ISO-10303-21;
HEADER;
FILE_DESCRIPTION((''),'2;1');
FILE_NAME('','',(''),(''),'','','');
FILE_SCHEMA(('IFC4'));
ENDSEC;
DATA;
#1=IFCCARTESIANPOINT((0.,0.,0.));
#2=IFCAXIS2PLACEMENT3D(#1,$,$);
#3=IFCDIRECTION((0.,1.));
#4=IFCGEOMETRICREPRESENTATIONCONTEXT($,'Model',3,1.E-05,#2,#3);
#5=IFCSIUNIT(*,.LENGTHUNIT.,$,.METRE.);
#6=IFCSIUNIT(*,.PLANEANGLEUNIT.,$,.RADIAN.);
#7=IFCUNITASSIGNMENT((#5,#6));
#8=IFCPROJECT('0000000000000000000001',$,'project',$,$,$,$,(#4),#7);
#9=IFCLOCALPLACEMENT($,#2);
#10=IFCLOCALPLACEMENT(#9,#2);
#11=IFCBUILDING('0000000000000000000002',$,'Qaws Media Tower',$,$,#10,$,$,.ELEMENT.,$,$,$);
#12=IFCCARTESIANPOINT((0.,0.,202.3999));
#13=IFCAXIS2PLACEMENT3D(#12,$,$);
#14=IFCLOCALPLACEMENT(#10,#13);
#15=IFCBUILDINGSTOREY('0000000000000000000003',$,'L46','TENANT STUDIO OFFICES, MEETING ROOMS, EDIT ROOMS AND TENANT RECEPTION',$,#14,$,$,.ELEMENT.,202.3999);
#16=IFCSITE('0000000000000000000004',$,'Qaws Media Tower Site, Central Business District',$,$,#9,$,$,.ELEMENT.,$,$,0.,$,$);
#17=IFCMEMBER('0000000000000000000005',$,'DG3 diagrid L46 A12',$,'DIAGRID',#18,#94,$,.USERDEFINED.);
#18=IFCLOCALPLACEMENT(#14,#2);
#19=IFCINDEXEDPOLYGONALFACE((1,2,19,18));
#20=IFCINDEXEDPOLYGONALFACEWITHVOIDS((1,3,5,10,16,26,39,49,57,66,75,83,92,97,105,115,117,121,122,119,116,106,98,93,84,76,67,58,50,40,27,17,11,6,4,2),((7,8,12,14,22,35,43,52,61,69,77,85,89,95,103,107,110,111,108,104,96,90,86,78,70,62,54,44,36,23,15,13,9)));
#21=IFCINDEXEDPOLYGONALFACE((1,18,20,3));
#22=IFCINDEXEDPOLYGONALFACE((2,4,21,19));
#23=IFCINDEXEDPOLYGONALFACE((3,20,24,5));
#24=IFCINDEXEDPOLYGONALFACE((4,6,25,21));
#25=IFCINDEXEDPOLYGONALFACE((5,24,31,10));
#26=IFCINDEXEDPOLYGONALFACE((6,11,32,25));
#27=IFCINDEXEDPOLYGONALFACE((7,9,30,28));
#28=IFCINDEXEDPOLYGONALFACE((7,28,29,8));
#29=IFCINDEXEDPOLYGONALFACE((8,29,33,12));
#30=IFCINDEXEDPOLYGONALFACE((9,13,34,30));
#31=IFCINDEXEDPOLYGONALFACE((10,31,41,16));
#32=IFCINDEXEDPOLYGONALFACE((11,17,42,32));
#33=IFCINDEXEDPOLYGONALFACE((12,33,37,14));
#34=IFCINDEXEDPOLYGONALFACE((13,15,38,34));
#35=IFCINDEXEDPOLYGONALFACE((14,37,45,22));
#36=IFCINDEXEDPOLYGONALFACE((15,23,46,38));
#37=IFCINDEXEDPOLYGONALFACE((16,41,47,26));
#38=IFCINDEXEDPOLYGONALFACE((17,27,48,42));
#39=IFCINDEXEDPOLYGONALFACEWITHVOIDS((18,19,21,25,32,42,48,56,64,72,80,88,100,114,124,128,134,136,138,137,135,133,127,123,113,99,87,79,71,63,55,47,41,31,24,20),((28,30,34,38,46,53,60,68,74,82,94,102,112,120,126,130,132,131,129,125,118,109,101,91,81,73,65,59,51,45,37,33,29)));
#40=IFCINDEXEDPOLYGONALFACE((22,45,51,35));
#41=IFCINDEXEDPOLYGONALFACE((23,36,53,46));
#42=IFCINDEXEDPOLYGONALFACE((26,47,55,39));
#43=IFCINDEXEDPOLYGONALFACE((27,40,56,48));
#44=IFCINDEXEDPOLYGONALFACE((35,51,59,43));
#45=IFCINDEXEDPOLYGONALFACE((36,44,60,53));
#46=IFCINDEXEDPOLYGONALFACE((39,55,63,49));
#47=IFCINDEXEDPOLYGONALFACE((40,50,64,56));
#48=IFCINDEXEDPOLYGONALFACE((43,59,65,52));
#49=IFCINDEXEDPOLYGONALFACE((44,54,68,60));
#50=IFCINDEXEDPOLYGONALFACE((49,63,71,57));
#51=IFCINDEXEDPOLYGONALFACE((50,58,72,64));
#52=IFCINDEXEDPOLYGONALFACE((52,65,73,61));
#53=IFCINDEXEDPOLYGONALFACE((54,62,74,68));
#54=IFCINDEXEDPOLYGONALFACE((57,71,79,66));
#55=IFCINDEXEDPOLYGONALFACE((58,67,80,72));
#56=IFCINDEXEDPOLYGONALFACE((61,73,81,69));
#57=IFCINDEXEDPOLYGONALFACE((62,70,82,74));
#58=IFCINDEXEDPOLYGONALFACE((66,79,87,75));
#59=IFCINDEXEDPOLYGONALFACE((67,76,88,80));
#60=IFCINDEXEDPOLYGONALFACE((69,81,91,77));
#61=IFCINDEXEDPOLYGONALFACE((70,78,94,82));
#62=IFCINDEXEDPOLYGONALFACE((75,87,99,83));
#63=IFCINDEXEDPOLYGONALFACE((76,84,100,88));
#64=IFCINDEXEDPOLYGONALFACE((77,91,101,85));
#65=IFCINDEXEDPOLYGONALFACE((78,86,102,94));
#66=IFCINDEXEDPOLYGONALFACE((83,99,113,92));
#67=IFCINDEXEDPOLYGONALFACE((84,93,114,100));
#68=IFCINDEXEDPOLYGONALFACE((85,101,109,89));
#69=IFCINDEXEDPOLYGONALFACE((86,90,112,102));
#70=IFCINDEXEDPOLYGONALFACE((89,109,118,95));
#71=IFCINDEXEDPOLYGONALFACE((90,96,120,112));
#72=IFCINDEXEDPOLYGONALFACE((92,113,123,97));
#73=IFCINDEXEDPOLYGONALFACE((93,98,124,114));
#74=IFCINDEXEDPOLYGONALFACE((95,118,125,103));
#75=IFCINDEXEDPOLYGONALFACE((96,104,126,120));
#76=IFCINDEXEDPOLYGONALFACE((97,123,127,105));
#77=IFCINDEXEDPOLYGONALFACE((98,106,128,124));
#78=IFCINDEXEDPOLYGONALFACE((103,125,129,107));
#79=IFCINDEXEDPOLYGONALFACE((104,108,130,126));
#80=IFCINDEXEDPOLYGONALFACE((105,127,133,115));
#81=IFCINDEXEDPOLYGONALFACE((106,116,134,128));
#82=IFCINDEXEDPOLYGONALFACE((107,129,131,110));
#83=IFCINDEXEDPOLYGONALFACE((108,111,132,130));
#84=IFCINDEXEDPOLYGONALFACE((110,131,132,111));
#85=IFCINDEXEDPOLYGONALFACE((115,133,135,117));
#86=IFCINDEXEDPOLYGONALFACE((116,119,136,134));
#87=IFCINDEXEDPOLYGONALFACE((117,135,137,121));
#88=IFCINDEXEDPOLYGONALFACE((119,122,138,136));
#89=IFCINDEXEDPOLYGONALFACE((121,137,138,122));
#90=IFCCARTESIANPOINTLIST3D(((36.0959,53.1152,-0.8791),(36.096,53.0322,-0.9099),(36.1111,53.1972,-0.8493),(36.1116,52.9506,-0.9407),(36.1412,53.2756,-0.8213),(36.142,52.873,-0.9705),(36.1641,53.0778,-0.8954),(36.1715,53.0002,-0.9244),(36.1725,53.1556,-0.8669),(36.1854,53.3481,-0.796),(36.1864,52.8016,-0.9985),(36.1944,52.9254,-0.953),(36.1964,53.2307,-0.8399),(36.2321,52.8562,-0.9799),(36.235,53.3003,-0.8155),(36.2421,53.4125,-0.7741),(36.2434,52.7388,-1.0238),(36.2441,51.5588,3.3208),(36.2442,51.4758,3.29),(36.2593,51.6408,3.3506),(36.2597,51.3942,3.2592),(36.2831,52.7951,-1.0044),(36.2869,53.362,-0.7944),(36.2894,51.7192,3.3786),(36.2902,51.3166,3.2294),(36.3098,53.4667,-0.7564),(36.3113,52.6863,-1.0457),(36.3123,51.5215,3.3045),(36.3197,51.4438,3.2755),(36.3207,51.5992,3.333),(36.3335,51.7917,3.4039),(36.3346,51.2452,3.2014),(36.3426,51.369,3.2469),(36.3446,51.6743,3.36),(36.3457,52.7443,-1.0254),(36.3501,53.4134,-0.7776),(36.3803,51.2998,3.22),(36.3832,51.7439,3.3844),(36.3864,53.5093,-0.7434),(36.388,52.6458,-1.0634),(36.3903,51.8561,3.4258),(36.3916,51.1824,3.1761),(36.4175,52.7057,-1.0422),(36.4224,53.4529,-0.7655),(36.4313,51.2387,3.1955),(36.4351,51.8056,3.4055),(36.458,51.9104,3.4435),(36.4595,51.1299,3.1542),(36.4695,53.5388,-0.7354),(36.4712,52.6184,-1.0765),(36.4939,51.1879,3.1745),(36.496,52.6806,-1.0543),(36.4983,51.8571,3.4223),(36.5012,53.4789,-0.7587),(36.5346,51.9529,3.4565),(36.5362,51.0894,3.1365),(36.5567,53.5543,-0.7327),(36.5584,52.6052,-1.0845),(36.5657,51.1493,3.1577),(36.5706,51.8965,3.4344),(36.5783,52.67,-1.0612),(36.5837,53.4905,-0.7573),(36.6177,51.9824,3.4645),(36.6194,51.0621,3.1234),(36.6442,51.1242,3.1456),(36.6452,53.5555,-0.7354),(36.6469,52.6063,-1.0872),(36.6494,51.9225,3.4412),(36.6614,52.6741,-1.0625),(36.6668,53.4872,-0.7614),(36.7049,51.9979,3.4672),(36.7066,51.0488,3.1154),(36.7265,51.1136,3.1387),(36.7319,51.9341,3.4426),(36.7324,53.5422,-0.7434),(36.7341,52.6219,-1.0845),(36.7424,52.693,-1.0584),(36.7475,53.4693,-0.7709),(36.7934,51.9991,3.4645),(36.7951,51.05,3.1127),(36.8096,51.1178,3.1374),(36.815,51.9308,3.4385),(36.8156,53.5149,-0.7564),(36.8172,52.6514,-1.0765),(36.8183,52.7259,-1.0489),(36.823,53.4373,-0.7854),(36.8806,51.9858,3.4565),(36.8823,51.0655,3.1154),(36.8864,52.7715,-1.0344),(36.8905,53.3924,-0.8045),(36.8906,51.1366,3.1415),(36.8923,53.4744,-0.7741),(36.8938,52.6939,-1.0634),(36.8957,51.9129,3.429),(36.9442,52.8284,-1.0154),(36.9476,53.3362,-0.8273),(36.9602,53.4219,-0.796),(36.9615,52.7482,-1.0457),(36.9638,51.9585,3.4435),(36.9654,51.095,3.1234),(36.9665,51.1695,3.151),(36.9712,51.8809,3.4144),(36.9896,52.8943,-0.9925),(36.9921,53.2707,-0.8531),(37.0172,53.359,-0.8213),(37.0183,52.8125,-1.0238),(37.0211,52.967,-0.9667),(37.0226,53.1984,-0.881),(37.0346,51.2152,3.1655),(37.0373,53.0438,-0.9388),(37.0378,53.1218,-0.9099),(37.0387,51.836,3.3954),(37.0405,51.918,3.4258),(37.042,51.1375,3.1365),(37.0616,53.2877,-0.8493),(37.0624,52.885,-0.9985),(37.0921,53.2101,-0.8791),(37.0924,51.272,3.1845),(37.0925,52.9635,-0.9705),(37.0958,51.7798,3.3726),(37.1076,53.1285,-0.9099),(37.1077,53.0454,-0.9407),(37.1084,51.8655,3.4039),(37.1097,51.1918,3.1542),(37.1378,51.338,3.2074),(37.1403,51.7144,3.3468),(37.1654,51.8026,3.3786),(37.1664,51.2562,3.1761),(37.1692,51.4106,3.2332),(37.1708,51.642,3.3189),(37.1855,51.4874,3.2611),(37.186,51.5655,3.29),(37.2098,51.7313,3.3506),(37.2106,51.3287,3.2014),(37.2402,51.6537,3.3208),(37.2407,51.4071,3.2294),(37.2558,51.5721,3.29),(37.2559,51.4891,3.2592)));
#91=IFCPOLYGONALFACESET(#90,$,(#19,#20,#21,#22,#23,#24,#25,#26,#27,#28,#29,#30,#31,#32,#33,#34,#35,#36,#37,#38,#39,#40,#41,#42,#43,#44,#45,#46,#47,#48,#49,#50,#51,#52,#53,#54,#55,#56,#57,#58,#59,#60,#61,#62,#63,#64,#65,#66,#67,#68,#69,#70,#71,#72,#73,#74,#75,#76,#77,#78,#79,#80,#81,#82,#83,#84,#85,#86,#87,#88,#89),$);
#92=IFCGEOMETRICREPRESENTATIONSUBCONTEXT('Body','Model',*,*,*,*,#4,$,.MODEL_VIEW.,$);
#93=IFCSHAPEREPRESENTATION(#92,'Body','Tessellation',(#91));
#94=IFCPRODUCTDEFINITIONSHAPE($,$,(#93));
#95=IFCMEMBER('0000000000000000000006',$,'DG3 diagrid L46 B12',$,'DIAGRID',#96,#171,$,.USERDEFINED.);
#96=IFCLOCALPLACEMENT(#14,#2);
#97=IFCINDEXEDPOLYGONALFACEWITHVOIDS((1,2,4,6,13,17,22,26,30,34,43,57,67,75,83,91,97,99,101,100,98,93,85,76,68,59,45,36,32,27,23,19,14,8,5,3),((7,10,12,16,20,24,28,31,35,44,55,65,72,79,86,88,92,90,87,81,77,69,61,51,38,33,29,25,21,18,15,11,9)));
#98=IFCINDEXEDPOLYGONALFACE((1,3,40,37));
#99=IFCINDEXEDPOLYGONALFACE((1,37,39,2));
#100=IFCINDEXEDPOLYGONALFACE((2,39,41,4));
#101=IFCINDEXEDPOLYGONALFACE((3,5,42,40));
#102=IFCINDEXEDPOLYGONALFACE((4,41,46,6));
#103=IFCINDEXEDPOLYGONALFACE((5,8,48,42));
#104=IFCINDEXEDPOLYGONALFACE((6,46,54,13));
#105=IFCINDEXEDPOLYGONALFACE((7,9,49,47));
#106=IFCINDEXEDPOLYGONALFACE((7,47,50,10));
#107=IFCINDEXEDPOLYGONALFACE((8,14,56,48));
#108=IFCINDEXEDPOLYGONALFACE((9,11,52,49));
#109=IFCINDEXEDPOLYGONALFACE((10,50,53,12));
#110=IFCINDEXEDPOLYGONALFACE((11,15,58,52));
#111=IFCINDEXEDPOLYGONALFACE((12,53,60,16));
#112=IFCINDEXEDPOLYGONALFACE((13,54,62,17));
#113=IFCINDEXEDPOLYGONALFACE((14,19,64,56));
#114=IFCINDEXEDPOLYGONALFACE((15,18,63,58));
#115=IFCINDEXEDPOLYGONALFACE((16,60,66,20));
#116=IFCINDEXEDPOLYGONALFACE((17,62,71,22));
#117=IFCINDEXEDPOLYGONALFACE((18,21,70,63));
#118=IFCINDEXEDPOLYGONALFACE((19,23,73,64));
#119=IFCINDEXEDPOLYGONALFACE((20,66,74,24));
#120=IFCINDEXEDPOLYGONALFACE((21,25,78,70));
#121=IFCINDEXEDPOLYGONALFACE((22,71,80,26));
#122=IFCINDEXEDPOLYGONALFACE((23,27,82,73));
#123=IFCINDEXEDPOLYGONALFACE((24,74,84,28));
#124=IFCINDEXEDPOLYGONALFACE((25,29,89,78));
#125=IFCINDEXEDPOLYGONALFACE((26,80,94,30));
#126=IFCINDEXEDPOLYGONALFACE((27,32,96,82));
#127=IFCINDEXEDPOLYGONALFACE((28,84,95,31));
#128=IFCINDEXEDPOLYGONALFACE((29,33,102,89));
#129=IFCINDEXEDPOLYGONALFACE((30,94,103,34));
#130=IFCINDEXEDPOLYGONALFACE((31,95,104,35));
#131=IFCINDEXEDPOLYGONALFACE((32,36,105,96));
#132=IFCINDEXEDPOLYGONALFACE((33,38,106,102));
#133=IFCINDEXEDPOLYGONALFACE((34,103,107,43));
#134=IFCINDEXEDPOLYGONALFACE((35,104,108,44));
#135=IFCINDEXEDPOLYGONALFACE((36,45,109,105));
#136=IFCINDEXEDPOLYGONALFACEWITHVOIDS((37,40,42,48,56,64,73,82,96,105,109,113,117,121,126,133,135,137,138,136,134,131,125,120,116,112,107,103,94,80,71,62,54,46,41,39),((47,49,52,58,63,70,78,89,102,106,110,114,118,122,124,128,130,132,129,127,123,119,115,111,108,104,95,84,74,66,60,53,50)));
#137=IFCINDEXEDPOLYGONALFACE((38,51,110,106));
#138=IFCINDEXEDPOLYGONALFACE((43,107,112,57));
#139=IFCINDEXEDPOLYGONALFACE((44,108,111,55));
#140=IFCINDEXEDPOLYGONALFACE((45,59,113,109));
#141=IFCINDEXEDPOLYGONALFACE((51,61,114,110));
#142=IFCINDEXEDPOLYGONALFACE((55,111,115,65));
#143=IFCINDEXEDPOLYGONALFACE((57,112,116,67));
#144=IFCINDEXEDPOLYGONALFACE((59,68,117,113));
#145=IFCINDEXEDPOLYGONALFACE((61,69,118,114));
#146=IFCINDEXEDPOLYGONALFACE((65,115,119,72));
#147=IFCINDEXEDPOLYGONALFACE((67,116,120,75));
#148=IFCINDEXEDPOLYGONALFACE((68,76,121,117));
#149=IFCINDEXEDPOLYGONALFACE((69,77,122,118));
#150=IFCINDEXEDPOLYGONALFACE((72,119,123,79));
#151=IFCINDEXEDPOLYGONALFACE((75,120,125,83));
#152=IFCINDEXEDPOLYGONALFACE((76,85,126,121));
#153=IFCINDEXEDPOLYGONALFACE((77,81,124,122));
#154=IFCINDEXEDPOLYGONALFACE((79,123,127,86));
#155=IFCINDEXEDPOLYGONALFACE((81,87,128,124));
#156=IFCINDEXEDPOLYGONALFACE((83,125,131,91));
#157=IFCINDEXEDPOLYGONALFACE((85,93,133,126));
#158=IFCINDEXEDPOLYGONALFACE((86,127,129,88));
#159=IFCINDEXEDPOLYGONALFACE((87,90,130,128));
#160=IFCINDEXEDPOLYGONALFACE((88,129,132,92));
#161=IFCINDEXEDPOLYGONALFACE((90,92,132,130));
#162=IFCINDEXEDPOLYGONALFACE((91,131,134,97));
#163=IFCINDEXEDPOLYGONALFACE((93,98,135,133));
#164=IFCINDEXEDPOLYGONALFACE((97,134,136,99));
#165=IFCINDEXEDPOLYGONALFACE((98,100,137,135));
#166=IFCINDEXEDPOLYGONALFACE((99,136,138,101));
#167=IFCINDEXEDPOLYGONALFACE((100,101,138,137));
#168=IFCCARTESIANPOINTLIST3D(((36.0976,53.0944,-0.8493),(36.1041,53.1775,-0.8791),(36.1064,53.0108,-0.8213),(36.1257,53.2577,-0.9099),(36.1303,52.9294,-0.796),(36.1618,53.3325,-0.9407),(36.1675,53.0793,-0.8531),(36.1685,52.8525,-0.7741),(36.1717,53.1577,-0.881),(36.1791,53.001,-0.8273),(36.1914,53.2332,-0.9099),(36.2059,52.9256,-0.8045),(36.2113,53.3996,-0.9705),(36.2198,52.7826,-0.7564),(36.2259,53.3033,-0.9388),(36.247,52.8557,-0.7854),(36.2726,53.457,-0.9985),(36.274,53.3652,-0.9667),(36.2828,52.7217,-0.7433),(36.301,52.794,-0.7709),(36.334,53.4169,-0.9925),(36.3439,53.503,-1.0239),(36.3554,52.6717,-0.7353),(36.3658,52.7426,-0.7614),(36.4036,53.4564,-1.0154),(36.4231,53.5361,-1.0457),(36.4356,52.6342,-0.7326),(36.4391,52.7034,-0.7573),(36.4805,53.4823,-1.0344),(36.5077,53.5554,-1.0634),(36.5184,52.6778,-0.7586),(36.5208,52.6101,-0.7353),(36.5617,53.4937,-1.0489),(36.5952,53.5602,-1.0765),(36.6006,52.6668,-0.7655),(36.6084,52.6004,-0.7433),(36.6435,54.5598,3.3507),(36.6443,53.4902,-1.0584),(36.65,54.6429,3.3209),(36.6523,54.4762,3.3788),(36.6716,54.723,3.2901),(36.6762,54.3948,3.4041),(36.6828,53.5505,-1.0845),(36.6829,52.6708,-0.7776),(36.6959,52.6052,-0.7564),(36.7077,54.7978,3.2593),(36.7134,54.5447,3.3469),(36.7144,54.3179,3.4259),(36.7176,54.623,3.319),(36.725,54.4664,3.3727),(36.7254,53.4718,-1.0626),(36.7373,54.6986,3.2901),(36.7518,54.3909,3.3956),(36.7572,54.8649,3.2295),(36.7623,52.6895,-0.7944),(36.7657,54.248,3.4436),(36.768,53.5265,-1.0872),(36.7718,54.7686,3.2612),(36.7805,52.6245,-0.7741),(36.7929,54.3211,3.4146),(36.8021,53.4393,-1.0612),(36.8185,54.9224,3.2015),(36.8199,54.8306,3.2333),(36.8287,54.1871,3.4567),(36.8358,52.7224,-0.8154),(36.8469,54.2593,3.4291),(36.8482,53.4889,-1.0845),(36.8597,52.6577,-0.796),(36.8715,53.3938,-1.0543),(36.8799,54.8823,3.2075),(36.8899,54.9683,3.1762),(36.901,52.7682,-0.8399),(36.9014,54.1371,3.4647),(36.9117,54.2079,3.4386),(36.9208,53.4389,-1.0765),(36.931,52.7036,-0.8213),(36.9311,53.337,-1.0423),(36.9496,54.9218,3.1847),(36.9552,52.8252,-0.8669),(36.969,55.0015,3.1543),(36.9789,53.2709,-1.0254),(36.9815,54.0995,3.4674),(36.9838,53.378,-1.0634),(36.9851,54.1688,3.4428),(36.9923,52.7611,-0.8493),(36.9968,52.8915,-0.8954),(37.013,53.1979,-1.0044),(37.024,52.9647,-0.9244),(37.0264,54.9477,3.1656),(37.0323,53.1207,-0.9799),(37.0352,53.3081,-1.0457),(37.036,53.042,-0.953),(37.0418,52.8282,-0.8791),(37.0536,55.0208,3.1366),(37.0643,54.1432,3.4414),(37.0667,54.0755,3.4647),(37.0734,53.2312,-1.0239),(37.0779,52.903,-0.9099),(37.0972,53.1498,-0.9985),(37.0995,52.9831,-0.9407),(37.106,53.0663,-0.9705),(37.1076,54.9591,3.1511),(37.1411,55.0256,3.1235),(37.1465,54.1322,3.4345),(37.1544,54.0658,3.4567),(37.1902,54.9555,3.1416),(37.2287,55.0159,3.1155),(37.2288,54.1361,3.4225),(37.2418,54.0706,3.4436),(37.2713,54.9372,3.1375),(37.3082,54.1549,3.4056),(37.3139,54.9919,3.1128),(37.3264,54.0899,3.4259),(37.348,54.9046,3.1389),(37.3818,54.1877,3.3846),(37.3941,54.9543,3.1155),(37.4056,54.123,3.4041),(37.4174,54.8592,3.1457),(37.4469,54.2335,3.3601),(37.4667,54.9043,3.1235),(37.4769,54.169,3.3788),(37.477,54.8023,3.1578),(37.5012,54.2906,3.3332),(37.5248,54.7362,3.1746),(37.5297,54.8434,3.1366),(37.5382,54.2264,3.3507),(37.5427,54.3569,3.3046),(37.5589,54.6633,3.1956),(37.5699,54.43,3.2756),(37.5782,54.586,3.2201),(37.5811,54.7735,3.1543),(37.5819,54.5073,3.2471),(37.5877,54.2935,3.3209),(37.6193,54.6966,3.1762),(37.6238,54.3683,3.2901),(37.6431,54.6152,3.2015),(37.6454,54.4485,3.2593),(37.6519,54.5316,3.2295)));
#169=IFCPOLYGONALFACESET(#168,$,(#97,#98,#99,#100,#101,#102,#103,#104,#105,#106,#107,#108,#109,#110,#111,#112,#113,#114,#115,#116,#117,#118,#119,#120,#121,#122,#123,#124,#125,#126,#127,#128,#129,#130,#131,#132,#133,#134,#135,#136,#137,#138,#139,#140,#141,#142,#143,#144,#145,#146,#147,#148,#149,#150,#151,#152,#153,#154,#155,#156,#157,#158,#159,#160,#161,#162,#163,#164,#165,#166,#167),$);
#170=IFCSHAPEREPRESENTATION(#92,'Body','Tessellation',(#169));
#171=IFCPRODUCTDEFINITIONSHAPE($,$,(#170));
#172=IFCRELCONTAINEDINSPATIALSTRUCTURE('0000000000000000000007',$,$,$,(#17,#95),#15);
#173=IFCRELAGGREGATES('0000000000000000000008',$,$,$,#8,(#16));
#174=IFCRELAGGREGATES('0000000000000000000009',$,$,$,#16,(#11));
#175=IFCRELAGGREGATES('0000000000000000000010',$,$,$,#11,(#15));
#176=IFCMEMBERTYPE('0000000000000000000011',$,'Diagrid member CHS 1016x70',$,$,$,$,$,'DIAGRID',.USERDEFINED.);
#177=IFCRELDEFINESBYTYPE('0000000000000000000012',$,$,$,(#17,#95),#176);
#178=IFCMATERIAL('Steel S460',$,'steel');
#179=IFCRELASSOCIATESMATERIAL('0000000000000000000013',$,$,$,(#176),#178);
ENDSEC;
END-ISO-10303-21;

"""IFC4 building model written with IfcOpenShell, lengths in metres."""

from ifc_helpers import new_model, si_unit, direction, frame, origin, origin_2d, place, context, subcontext, project, spatial, hollow_circle, extrude, material, material_profile, profile_set, type_object, element, save


model = new_model("IFC4")

# Units and contexts
model_context = context("Model", 3, precision=1e-05, world=origin(), true_north=direction((0.0, 1.0)))
body_context = subcontext(model_context, "Body", "Model", "MODEL_VIEW")
ifc_project = project(units=[si_unit("LENGTHUNIT", "METRE"), si_unit("PLANEANGLEUNIT", "RADIAN")], contexts=[model_context])

# Site, building, storey
site_placement = place(None, origin())
site = spatial("IfcSite", under=ifc_project, at=site_placement, Name="Qaws Media Tower Site, Central Business District", CompositionType="ELEMENT", RefElevation=0.0)
building_placement = place(site_placement, origin())
building = spatial("IfcBuilding", under=site, at=building_placement, Name="Qaws Media Tower", CompositionType="ELEMENT")
storey_placement = place(building_placement, frame((0.0, 0.0, 202.3999)))
storey = spatial("IfcBuildingStorey", under=building, at=storey_placement, Name="L46", Description="TENANT STUDIO OFFICES, MEETING ROOMS, EDIT ROOMS AND TENANT RECEPTION", CompositionType="ELEMENT", Elevation=202.3999)

# Members
ifc_material_1 = material(Name="Steel S460", Category="steel")
ifc_material_profile_1 = material_profile(ifc_material_1, hollow_circle(Radius=0.5081, WallThickness=0.0701, at=origin_2d()), Name="CHS 1016x70")
ifc_profile_set_1 = profile_set([ifc_material_profile_1], Name="Steel S460")
member_type_1 = type_object("IfcMemberType", Name="Diagrid member CHS 1016x70", ElementType="DIAGRID", PredefinedType="USERDEFINED", material=ifc_profile_set_1)
member_1_placement = place(storey_placement, frame((36.6018, 53.0803, -0.9099), z_axis=(0.033068, -0.347293, 0.937173), x_axis=(0.995498, 0.094787, 0.0)))
element("IfcMember", 1, at=member_1_placement, inside=storey, type_object=member_type_1, Name="DG3 diagrid L46 A12", ObjectType="DIAGRID", PredefinedType="USERDEFINED", context=body_context, shape_type="SweptSolid", body=[
    extrude(hollow_circle(Radius=0.5081, WallThickness=0.0701, at=origin_2d()), origin(), (0.0, 0.0, 1.0), 4.4814),
])
for number, where, z_axis, x_axis, name in (
    (2, (36.6018, 53.0803, -0.9099), (0.121809, 0.326966, 0.937153), (-0.937084, 0.349104, 0.0), "DG3 diagrid L46 B12"),
):
    element("IfcMember", number, at=place(storey_placement, frame(where, z_axis=z_axis, x_axis=x_axis)), inside=storey, type_object=member_type_1, Name=name, ObjectType="DIAGRID", PredefinedType="USERDEFINED", context=body_context, shape_type="SweptSolid", body=[
        extrude(hollow_circle(Radius=0.5081, WallThickness=0.0701, at=origin_2d()), origin(), (0.0, 0.0, 1.0), 4.4817),
    ])

save(model, "model.ifc")
